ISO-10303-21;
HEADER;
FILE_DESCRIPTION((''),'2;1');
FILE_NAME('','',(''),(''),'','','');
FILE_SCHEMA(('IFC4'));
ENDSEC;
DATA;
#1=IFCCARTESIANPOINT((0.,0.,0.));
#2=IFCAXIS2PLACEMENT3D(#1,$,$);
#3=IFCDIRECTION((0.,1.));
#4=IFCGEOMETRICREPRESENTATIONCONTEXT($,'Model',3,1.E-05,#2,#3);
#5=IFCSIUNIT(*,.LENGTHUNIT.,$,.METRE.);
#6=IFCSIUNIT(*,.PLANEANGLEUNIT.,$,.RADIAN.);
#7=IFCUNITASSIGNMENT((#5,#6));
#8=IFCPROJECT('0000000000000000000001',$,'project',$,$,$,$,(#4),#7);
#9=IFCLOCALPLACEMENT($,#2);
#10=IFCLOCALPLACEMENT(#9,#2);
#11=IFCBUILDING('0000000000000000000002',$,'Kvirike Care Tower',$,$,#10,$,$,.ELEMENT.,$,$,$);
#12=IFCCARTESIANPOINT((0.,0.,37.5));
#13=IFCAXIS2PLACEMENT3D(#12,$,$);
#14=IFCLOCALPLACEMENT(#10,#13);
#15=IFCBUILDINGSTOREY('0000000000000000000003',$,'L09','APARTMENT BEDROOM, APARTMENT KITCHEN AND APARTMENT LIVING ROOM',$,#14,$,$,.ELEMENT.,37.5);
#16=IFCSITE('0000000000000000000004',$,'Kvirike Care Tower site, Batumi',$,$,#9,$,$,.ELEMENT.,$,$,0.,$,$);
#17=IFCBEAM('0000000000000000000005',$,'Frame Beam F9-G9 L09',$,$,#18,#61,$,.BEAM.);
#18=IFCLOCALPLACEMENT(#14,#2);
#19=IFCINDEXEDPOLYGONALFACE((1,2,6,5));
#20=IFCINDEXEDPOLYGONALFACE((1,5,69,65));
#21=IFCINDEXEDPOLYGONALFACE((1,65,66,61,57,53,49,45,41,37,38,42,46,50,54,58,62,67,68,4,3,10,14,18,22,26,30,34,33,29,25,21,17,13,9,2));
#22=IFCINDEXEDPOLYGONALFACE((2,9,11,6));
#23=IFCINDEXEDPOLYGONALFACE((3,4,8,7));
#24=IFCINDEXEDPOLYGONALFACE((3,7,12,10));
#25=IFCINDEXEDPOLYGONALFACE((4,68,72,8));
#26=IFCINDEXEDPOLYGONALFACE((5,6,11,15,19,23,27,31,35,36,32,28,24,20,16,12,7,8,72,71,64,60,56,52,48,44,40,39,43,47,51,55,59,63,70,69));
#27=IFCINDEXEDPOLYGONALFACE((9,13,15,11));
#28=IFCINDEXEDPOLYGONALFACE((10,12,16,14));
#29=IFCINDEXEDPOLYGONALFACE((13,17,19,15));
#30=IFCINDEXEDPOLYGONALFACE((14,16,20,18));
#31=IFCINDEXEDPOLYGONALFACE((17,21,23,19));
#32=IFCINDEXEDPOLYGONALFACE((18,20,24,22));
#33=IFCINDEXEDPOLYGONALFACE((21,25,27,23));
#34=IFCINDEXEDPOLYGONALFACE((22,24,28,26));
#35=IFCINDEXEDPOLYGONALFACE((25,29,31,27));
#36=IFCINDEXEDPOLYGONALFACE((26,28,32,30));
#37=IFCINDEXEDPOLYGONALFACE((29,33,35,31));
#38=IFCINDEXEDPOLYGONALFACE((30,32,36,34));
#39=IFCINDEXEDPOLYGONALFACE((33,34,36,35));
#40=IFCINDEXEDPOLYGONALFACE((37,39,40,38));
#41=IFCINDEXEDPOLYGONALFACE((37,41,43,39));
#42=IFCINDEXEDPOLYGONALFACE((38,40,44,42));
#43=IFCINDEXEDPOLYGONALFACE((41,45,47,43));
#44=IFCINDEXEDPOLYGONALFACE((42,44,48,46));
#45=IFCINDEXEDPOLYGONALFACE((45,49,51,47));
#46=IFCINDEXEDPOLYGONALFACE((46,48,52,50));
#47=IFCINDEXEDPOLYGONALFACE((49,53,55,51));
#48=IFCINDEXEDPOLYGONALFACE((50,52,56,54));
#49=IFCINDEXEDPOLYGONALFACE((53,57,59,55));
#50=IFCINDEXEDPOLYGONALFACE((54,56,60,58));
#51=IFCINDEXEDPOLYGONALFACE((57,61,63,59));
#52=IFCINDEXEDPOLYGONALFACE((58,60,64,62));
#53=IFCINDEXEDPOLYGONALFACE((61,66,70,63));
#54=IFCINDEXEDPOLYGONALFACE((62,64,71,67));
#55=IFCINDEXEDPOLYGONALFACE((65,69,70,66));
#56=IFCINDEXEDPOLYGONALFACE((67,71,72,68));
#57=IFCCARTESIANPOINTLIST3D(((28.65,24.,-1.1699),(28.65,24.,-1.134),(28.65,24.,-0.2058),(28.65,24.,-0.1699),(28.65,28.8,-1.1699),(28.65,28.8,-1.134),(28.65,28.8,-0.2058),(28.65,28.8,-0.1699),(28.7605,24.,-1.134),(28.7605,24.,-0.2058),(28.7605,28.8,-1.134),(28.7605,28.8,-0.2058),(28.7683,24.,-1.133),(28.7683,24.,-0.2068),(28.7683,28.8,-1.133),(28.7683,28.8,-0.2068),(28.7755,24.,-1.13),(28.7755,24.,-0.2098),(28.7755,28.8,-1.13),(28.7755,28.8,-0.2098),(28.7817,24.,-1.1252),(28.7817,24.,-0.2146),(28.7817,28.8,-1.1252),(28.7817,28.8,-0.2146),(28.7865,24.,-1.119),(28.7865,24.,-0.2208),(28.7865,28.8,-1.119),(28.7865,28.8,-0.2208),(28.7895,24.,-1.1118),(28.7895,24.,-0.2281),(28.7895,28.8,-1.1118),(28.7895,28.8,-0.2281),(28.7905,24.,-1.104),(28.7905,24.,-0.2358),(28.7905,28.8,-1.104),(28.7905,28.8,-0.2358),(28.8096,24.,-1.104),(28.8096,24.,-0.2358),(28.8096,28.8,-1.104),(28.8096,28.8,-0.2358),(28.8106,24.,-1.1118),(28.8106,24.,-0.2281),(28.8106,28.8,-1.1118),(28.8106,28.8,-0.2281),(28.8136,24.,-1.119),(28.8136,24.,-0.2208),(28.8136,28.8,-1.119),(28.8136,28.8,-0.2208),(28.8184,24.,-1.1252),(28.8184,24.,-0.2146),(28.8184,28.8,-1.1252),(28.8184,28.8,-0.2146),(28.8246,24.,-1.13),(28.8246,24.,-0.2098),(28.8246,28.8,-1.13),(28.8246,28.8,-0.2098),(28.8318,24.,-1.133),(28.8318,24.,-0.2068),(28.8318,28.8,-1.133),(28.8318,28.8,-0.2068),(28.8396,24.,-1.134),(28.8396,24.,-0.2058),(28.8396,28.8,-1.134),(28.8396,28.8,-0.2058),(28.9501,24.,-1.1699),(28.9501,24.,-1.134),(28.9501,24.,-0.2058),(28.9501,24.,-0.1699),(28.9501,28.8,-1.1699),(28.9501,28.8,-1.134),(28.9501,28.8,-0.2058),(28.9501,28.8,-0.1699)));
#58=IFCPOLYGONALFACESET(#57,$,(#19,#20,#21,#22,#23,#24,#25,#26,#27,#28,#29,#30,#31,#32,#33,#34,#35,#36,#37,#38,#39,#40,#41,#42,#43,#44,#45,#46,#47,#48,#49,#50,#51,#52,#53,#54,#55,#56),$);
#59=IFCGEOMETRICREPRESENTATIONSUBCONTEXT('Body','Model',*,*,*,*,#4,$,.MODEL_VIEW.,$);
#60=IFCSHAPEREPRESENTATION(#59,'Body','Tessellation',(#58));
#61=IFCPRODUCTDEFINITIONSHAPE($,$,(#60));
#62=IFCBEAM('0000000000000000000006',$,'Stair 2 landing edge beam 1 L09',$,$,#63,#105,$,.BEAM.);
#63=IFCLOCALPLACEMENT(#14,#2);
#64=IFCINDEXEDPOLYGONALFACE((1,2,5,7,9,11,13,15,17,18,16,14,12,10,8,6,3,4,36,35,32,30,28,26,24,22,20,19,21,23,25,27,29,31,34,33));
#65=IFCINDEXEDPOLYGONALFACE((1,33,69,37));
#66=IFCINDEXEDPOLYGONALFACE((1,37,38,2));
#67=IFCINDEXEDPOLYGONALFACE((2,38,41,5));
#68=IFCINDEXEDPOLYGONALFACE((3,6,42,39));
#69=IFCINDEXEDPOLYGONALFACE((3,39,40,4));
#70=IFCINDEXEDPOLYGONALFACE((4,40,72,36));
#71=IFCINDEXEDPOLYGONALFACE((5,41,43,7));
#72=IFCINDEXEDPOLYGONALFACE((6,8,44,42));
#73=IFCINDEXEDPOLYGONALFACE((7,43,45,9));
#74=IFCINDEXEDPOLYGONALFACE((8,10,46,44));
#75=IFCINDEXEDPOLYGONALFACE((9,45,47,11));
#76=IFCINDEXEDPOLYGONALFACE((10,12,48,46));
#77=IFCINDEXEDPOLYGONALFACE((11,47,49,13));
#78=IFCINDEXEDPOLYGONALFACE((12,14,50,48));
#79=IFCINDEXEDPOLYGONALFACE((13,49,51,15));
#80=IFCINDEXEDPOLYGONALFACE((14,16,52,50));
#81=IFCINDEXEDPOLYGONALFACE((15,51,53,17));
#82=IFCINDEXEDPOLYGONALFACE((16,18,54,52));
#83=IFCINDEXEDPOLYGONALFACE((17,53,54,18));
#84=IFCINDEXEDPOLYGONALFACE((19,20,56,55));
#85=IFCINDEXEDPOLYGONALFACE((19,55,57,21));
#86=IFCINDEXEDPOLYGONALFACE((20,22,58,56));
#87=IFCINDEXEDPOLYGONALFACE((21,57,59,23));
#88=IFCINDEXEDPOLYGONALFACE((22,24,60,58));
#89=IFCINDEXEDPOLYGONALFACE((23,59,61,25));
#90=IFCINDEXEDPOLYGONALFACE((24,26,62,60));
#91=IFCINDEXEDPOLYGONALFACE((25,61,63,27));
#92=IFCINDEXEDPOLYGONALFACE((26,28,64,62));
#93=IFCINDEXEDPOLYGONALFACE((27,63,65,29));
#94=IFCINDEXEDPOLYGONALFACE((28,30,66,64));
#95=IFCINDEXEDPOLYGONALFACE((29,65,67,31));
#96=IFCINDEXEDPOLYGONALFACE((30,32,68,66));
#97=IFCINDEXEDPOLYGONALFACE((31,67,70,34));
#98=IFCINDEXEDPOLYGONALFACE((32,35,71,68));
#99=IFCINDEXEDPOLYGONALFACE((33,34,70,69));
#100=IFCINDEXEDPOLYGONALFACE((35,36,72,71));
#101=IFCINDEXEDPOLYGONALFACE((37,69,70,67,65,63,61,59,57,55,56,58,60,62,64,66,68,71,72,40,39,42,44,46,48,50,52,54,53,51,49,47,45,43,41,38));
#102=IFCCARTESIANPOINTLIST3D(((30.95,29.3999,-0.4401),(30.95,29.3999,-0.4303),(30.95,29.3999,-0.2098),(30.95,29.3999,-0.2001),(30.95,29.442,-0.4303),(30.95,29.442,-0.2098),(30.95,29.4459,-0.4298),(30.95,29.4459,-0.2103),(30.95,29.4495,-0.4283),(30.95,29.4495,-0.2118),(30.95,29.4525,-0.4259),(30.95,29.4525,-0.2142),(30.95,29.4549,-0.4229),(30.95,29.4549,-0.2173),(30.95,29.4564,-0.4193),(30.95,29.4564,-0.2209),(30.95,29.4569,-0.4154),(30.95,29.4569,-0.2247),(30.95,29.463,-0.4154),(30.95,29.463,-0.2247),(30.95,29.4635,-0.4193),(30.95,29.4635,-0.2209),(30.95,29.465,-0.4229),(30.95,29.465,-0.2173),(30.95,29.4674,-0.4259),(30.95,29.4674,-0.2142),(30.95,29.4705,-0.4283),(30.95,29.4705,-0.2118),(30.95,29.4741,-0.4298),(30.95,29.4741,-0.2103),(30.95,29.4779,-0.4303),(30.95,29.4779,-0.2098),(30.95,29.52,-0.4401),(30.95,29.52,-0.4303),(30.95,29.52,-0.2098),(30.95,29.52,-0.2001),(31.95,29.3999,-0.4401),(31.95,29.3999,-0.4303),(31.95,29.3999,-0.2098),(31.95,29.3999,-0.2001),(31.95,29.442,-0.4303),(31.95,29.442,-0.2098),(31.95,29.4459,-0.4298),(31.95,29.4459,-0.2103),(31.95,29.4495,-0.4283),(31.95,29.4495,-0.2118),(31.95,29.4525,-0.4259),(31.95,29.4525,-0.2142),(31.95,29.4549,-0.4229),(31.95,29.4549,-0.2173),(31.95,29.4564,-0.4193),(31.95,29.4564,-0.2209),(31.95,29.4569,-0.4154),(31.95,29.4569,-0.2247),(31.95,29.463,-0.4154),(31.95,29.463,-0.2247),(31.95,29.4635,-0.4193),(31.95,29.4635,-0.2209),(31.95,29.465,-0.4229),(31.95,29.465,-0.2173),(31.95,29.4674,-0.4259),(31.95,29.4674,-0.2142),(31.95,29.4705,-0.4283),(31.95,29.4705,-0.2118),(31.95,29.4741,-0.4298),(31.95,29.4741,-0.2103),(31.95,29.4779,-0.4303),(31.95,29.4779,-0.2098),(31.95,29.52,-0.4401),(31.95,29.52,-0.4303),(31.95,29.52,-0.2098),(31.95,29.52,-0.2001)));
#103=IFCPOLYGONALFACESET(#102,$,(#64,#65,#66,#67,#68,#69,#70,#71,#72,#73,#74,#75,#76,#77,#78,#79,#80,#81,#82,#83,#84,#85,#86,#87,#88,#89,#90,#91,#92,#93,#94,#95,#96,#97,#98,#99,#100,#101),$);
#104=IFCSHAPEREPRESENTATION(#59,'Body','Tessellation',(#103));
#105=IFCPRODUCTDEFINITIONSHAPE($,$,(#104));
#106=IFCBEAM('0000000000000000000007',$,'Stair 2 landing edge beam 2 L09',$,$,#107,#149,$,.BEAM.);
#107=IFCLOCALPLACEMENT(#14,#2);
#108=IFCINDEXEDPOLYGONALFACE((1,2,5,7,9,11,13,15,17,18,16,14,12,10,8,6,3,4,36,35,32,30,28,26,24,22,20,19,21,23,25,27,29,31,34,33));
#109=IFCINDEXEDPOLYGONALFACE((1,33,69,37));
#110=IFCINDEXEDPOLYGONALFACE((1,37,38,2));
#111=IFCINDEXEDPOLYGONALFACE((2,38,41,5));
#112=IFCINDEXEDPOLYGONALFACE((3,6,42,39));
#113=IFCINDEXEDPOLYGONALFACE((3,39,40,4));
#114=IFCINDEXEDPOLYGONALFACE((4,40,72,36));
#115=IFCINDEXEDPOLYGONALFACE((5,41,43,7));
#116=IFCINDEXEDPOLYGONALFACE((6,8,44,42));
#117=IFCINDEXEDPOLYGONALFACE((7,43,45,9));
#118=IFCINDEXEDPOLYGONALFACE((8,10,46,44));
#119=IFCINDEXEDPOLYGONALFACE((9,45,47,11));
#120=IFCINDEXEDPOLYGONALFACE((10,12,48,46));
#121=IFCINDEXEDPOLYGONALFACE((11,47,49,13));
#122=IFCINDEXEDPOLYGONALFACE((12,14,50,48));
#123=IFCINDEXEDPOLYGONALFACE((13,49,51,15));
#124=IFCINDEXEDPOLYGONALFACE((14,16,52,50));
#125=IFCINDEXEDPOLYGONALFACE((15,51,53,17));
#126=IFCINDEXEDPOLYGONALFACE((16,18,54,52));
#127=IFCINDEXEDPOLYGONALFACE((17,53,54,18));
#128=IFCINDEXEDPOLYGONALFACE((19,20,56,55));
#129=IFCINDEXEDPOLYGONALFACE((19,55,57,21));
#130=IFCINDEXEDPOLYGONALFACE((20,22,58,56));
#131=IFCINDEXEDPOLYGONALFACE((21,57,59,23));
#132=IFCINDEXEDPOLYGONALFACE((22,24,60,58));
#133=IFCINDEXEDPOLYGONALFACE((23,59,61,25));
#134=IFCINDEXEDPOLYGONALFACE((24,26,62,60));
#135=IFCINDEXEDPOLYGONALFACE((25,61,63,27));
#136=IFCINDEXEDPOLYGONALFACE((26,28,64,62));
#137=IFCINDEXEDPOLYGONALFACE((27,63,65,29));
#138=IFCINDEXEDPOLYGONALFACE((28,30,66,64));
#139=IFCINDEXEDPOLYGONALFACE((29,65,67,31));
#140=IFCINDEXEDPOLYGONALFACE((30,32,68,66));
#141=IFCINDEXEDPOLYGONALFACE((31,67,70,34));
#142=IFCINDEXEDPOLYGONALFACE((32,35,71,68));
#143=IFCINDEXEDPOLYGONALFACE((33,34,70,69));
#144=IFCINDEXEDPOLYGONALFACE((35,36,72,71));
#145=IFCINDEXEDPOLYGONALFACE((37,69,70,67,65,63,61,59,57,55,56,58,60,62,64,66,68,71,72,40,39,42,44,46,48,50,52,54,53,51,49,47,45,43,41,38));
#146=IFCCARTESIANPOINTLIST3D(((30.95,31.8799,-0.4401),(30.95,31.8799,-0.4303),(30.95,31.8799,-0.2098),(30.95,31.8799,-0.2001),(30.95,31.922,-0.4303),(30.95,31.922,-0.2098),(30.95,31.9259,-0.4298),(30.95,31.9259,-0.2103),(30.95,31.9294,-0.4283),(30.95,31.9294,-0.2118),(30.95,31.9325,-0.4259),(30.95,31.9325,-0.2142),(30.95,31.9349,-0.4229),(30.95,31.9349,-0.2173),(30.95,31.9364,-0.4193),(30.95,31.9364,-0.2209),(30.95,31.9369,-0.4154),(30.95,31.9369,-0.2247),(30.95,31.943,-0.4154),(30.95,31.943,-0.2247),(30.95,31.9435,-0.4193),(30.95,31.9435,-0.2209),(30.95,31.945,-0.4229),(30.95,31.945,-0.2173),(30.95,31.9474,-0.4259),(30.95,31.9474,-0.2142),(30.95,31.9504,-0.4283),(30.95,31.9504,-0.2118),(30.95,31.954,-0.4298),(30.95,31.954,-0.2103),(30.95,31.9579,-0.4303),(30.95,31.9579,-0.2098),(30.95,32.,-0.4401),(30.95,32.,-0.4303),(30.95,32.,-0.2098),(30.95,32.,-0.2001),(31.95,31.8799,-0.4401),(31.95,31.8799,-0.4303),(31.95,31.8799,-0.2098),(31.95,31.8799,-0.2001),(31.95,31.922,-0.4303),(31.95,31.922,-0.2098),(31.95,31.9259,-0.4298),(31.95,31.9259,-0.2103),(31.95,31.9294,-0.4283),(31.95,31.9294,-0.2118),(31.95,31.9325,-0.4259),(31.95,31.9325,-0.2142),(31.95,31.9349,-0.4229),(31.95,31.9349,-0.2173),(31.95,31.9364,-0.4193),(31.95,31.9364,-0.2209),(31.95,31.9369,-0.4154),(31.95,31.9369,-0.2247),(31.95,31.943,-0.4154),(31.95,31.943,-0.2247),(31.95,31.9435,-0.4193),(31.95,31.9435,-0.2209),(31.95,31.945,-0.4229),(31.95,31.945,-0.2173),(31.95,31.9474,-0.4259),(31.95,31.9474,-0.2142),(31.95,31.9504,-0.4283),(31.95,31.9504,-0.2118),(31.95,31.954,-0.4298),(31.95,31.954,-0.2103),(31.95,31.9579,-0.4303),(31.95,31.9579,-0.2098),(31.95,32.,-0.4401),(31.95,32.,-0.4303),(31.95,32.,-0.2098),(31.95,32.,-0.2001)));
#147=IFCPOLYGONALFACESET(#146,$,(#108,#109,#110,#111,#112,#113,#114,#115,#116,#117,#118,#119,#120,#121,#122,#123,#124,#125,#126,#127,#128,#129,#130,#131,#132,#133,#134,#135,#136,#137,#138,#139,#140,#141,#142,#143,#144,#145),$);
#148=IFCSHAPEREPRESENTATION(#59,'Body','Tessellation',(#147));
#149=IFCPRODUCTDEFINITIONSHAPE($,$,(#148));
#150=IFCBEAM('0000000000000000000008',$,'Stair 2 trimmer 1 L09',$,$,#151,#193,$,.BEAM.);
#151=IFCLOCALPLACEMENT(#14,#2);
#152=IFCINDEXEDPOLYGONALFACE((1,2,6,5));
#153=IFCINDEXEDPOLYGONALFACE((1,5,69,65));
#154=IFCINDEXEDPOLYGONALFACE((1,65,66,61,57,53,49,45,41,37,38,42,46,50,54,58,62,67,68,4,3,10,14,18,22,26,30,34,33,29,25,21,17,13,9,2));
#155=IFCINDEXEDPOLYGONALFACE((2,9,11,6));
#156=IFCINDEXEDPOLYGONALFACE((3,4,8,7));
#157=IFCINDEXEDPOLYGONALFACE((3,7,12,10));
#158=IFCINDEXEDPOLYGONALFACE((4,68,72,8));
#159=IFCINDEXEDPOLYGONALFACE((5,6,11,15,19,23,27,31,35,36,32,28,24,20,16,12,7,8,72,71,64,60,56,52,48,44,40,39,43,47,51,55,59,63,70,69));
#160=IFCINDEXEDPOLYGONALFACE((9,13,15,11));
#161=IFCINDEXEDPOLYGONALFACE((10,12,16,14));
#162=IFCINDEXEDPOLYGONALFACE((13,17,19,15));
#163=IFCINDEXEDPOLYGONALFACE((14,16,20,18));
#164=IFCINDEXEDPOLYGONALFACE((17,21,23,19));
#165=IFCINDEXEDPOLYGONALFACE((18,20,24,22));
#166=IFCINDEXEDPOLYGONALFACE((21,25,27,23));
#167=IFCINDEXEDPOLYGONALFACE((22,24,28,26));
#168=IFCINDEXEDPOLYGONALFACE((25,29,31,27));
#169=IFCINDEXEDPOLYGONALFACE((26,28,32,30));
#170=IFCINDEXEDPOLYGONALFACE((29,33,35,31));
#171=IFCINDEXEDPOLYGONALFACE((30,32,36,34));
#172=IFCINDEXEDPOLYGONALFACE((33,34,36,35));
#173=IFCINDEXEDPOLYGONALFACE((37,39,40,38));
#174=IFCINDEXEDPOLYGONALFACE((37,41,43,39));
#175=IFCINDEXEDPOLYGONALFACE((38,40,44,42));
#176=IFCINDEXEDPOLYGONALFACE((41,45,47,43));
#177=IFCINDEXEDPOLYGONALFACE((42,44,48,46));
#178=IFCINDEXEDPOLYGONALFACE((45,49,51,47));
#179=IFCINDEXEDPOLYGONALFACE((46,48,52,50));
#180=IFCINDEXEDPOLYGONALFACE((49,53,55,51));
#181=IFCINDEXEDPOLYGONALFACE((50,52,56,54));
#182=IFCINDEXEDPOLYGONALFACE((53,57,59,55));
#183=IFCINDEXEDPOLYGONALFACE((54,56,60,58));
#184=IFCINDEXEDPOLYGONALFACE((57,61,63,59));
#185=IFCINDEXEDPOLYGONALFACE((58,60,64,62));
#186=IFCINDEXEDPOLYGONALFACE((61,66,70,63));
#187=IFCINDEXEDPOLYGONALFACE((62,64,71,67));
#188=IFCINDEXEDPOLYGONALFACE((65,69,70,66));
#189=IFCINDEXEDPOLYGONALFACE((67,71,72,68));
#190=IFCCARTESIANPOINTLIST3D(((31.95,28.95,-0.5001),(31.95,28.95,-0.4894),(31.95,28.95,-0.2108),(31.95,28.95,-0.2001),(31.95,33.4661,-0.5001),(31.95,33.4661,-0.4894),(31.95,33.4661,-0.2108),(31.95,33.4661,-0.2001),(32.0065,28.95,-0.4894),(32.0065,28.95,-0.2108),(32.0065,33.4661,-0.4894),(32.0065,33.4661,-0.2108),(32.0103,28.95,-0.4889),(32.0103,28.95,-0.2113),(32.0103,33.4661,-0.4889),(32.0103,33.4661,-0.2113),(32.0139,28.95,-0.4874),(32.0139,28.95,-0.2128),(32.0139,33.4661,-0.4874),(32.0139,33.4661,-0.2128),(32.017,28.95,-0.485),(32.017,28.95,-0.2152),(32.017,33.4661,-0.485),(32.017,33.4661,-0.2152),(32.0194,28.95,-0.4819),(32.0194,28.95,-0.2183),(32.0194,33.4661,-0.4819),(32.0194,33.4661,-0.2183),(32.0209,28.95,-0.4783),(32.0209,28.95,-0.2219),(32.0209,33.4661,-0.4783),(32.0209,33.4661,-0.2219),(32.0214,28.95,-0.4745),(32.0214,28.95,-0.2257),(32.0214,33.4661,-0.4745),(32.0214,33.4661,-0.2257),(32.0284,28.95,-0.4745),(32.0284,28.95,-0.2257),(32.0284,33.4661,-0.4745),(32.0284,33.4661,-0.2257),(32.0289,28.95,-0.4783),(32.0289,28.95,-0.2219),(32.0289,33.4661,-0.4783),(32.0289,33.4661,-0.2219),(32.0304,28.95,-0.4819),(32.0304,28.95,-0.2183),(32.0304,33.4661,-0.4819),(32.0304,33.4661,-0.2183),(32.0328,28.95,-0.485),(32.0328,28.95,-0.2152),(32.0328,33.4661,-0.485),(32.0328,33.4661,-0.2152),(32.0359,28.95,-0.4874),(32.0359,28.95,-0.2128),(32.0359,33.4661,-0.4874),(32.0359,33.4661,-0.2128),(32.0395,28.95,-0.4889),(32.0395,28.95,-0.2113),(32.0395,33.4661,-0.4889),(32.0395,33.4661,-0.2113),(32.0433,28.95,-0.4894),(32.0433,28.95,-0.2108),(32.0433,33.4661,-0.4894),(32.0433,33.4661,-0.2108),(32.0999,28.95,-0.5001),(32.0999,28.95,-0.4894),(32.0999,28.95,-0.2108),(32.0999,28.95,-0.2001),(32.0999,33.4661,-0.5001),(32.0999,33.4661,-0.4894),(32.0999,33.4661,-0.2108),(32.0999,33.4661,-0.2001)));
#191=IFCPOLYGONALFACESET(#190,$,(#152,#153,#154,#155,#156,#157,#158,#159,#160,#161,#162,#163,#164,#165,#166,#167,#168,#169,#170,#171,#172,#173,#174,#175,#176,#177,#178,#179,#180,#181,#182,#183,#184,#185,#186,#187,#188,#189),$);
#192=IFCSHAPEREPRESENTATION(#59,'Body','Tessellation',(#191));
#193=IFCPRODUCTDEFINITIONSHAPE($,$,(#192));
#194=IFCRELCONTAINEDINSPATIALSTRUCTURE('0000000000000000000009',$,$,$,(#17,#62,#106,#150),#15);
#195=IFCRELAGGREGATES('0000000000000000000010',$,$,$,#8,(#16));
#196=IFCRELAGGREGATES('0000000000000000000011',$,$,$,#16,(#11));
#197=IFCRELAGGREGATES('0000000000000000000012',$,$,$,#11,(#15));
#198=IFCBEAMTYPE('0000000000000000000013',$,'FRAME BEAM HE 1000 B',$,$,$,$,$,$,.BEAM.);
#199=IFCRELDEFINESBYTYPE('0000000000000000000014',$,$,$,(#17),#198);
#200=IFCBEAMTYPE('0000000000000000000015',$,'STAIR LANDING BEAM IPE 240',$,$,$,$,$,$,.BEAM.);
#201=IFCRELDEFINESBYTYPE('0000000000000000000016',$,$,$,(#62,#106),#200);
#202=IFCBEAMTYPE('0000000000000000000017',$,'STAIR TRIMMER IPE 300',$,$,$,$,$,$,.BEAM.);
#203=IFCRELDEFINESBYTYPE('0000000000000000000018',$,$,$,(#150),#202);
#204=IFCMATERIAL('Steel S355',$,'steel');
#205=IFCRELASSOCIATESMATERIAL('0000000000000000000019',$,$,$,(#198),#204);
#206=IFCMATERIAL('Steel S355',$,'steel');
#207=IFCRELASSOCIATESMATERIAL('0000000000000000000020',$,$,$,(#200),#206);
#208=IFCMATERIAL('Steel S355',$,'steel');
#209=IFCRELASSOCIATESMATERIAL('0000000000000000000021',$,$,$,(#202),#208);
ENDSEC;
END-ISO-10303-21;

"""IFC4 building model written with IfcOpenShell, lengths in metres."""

from ifc_helpers import new_model, si_unit, direction, frame, origin, origin_2d, place, context, subcontext, project, spatial, i_section, extrude, material, material_profile, profile_set, type_object, element, save


model = new_model("IFC4")

# Units and contexts
model_context = context("Model", 3, precision=1e-05, world=origin(), true_north=direction((0.0, 1.0)))
body_context = subcontext(model_context, "Body", "Model", "MODEL_VIEW")
ifc_project = project(units=[si_unit("LENGTHUNIT", "METRE"), si_unit("PLANEANGLEUNIT", "RADIAN")], contexts=[model_context])

# Site, building, storey
site_placement = place(None, origin())
site = spatial("IfcSite", under=ifc_project, at=site_placement, Name="Kvirike Care Tower site, Batumi", CompositionType="ELEMENT", RefElevation=0.0)
building_placement = place(site_placement, origin())
building = spatial("IfcBuilding", under=site, at=building_placement, Name="Kvirike Care Tower", CompositionType="ELEMENT")
storey_placement = place(building_placement, frame((0.0, 0.0, 37.5)))
storey = spatial("IfcBuildingStorey", under=building, at=storey_placement, Name="L09", Description="APARTMENT BEDROOM, APARTMENT KITCHEN AND APARTMENT LIVING ROOM", CompositionType="ELEMENT", Elevation=37.5)

# Beams
ifc_material_1 = material(Name="Steel S355", Category="steel")
ifc_material_profile_1 = material_profile(ifc_material_1, i_section(OverallWidth=0.3, OverallDepth=1.0, WebThickness=0.019, FlangeThickness=0.0359, FilletRadius=0.03, at=origin_2d()), Name="HE 1000 B")
ifc_profile_set_1 = profile_set([ifc_material_profile_1], Name="Steel S355")
beam_type_1 = type_object("IfcBeamType", Name="FRAME BEAM HE 1000 B", PredefinedType="BEAM", material=ifc_profile_set_1)
beam_1_placement = place(storey_placement, frame((28.8, 24.0, -0.6699), z_axis=(0.0, 1.0, 0.0), x_axis=(-1.0, 0.0, 0.0)))
element("IfcBeam", 1, at=beam_1_placement, inside=storey, type_object=beam_type_1, Name="Frame Beam F9-G9 L09", PredefinedType="BEAM", context=body_context, shape_type="SweptSolid", body=[
    extrude(i_section(OverallWidth=0.3, OverallDepth=1.0, WebThickness=0.019, FlangeThickness=0.0359, FilletRadius=0.03, at=origin_2d()), origin(), (0.0, 0.0, 1.0), 4.8),
])
ifc_material_2 = material(Name="Steel S355", Category="steel")
ifc_material_profile_2 = material_profile(ifc_material_2, i_section(OverallWidth=0.1201, OverallDepth=0.24, WebThickness=0.0061, FlangeThickness=0.0098, FilletRadius=0.0149, at=origin_2d()), Name="IPE 240")
ifc_profile_set_2 = profile_set([ifc_material_profile_2], Name="Steel S355")
beam_type_2 = type_object("IfcBeamType", Name="STAIR LANDING BEAM IPE 240", PredefinedType="BEAM", material=ifc_profile_set_2)
for number, where, z_axis, x_axis, name in (
    (2, (31.95, 29.46, -0.3201), (-1.0, 0.0, 0.0), (0.0, -1.0, 0.0), "Stair 2 landing edge beam 1 L09"),
    (3, (31.95, 31.9399, -0.3201), (-1.0, 0.0, 0.0), (0.0, -1.0, 0.0), "Stair 2 landing edge beam 2 L09"),
):
    element("IfcBeam", number, at=place(storey_placement, frame(where, z_axis=z_axis, x_axis=x_axis)), inside=storey, type_object=beam_type_2, Name=name, PredefinedType="BEAM", context=body_context, shape_type="SweptSolid", body=[
        extrude(i_section(OverallWidth=0.1201, OverallDepth=0.24, WebThickness=0.0061, FlangeThickness=0.0098, FilletRadius=0.0149, at=origin_2d()), origin(), (0.0, 0.0, 1.0), 1.0),
    ])
ifc_material_3 = material(Name="Steel S355", Category="steel")
ifc_material_profile_3 = material_profile(ifc_material_3, i_section(OverallWidth=0.1499, OverallDepth=0.3, WebThickness=0.0071, FlangeThickness=0.0107, FilletRadius=0.0149, at=origin_2d()), Name="IPE 300")
ifc_profile_set_3 = profile_set([ifc_material_profile_3], Name="Steel S355")
beam_type_3 = type_object("IfcBeamType", Name="STAIR TRIMMER IPE 300", PredefinedType="BEAM", material=ifc_profile_set_3)
for number, where, z_axis, x_axis, name in (
    (4, (32.0249, 28.95, -0.3501), (0.0, 1.0, 0.0), (-1.0, 0.0, 0.0), "Stair 2 trimmer 1 L09"),
):
    element("IfcBeam", number, at=place(storey_placement, frame(where, z_axis=z_axis, x_axis=x_axis)), inside=storey, type_object=beam_type_3, Name=name, PredefinedType="BEAM", context=body_context, shape_type="SweptSolid", body=[
        extrude(i_section(OverallWidth=0.1499, OverallDepth=0.3, WebThickness=0.0071, FlangeThickness=0.0107, FilletRadius=0.0149, at=origin_2d()), origin(), (0.0, 0.0, 1.0), 4.5161),
    ])

save(model, "model.ifc")
